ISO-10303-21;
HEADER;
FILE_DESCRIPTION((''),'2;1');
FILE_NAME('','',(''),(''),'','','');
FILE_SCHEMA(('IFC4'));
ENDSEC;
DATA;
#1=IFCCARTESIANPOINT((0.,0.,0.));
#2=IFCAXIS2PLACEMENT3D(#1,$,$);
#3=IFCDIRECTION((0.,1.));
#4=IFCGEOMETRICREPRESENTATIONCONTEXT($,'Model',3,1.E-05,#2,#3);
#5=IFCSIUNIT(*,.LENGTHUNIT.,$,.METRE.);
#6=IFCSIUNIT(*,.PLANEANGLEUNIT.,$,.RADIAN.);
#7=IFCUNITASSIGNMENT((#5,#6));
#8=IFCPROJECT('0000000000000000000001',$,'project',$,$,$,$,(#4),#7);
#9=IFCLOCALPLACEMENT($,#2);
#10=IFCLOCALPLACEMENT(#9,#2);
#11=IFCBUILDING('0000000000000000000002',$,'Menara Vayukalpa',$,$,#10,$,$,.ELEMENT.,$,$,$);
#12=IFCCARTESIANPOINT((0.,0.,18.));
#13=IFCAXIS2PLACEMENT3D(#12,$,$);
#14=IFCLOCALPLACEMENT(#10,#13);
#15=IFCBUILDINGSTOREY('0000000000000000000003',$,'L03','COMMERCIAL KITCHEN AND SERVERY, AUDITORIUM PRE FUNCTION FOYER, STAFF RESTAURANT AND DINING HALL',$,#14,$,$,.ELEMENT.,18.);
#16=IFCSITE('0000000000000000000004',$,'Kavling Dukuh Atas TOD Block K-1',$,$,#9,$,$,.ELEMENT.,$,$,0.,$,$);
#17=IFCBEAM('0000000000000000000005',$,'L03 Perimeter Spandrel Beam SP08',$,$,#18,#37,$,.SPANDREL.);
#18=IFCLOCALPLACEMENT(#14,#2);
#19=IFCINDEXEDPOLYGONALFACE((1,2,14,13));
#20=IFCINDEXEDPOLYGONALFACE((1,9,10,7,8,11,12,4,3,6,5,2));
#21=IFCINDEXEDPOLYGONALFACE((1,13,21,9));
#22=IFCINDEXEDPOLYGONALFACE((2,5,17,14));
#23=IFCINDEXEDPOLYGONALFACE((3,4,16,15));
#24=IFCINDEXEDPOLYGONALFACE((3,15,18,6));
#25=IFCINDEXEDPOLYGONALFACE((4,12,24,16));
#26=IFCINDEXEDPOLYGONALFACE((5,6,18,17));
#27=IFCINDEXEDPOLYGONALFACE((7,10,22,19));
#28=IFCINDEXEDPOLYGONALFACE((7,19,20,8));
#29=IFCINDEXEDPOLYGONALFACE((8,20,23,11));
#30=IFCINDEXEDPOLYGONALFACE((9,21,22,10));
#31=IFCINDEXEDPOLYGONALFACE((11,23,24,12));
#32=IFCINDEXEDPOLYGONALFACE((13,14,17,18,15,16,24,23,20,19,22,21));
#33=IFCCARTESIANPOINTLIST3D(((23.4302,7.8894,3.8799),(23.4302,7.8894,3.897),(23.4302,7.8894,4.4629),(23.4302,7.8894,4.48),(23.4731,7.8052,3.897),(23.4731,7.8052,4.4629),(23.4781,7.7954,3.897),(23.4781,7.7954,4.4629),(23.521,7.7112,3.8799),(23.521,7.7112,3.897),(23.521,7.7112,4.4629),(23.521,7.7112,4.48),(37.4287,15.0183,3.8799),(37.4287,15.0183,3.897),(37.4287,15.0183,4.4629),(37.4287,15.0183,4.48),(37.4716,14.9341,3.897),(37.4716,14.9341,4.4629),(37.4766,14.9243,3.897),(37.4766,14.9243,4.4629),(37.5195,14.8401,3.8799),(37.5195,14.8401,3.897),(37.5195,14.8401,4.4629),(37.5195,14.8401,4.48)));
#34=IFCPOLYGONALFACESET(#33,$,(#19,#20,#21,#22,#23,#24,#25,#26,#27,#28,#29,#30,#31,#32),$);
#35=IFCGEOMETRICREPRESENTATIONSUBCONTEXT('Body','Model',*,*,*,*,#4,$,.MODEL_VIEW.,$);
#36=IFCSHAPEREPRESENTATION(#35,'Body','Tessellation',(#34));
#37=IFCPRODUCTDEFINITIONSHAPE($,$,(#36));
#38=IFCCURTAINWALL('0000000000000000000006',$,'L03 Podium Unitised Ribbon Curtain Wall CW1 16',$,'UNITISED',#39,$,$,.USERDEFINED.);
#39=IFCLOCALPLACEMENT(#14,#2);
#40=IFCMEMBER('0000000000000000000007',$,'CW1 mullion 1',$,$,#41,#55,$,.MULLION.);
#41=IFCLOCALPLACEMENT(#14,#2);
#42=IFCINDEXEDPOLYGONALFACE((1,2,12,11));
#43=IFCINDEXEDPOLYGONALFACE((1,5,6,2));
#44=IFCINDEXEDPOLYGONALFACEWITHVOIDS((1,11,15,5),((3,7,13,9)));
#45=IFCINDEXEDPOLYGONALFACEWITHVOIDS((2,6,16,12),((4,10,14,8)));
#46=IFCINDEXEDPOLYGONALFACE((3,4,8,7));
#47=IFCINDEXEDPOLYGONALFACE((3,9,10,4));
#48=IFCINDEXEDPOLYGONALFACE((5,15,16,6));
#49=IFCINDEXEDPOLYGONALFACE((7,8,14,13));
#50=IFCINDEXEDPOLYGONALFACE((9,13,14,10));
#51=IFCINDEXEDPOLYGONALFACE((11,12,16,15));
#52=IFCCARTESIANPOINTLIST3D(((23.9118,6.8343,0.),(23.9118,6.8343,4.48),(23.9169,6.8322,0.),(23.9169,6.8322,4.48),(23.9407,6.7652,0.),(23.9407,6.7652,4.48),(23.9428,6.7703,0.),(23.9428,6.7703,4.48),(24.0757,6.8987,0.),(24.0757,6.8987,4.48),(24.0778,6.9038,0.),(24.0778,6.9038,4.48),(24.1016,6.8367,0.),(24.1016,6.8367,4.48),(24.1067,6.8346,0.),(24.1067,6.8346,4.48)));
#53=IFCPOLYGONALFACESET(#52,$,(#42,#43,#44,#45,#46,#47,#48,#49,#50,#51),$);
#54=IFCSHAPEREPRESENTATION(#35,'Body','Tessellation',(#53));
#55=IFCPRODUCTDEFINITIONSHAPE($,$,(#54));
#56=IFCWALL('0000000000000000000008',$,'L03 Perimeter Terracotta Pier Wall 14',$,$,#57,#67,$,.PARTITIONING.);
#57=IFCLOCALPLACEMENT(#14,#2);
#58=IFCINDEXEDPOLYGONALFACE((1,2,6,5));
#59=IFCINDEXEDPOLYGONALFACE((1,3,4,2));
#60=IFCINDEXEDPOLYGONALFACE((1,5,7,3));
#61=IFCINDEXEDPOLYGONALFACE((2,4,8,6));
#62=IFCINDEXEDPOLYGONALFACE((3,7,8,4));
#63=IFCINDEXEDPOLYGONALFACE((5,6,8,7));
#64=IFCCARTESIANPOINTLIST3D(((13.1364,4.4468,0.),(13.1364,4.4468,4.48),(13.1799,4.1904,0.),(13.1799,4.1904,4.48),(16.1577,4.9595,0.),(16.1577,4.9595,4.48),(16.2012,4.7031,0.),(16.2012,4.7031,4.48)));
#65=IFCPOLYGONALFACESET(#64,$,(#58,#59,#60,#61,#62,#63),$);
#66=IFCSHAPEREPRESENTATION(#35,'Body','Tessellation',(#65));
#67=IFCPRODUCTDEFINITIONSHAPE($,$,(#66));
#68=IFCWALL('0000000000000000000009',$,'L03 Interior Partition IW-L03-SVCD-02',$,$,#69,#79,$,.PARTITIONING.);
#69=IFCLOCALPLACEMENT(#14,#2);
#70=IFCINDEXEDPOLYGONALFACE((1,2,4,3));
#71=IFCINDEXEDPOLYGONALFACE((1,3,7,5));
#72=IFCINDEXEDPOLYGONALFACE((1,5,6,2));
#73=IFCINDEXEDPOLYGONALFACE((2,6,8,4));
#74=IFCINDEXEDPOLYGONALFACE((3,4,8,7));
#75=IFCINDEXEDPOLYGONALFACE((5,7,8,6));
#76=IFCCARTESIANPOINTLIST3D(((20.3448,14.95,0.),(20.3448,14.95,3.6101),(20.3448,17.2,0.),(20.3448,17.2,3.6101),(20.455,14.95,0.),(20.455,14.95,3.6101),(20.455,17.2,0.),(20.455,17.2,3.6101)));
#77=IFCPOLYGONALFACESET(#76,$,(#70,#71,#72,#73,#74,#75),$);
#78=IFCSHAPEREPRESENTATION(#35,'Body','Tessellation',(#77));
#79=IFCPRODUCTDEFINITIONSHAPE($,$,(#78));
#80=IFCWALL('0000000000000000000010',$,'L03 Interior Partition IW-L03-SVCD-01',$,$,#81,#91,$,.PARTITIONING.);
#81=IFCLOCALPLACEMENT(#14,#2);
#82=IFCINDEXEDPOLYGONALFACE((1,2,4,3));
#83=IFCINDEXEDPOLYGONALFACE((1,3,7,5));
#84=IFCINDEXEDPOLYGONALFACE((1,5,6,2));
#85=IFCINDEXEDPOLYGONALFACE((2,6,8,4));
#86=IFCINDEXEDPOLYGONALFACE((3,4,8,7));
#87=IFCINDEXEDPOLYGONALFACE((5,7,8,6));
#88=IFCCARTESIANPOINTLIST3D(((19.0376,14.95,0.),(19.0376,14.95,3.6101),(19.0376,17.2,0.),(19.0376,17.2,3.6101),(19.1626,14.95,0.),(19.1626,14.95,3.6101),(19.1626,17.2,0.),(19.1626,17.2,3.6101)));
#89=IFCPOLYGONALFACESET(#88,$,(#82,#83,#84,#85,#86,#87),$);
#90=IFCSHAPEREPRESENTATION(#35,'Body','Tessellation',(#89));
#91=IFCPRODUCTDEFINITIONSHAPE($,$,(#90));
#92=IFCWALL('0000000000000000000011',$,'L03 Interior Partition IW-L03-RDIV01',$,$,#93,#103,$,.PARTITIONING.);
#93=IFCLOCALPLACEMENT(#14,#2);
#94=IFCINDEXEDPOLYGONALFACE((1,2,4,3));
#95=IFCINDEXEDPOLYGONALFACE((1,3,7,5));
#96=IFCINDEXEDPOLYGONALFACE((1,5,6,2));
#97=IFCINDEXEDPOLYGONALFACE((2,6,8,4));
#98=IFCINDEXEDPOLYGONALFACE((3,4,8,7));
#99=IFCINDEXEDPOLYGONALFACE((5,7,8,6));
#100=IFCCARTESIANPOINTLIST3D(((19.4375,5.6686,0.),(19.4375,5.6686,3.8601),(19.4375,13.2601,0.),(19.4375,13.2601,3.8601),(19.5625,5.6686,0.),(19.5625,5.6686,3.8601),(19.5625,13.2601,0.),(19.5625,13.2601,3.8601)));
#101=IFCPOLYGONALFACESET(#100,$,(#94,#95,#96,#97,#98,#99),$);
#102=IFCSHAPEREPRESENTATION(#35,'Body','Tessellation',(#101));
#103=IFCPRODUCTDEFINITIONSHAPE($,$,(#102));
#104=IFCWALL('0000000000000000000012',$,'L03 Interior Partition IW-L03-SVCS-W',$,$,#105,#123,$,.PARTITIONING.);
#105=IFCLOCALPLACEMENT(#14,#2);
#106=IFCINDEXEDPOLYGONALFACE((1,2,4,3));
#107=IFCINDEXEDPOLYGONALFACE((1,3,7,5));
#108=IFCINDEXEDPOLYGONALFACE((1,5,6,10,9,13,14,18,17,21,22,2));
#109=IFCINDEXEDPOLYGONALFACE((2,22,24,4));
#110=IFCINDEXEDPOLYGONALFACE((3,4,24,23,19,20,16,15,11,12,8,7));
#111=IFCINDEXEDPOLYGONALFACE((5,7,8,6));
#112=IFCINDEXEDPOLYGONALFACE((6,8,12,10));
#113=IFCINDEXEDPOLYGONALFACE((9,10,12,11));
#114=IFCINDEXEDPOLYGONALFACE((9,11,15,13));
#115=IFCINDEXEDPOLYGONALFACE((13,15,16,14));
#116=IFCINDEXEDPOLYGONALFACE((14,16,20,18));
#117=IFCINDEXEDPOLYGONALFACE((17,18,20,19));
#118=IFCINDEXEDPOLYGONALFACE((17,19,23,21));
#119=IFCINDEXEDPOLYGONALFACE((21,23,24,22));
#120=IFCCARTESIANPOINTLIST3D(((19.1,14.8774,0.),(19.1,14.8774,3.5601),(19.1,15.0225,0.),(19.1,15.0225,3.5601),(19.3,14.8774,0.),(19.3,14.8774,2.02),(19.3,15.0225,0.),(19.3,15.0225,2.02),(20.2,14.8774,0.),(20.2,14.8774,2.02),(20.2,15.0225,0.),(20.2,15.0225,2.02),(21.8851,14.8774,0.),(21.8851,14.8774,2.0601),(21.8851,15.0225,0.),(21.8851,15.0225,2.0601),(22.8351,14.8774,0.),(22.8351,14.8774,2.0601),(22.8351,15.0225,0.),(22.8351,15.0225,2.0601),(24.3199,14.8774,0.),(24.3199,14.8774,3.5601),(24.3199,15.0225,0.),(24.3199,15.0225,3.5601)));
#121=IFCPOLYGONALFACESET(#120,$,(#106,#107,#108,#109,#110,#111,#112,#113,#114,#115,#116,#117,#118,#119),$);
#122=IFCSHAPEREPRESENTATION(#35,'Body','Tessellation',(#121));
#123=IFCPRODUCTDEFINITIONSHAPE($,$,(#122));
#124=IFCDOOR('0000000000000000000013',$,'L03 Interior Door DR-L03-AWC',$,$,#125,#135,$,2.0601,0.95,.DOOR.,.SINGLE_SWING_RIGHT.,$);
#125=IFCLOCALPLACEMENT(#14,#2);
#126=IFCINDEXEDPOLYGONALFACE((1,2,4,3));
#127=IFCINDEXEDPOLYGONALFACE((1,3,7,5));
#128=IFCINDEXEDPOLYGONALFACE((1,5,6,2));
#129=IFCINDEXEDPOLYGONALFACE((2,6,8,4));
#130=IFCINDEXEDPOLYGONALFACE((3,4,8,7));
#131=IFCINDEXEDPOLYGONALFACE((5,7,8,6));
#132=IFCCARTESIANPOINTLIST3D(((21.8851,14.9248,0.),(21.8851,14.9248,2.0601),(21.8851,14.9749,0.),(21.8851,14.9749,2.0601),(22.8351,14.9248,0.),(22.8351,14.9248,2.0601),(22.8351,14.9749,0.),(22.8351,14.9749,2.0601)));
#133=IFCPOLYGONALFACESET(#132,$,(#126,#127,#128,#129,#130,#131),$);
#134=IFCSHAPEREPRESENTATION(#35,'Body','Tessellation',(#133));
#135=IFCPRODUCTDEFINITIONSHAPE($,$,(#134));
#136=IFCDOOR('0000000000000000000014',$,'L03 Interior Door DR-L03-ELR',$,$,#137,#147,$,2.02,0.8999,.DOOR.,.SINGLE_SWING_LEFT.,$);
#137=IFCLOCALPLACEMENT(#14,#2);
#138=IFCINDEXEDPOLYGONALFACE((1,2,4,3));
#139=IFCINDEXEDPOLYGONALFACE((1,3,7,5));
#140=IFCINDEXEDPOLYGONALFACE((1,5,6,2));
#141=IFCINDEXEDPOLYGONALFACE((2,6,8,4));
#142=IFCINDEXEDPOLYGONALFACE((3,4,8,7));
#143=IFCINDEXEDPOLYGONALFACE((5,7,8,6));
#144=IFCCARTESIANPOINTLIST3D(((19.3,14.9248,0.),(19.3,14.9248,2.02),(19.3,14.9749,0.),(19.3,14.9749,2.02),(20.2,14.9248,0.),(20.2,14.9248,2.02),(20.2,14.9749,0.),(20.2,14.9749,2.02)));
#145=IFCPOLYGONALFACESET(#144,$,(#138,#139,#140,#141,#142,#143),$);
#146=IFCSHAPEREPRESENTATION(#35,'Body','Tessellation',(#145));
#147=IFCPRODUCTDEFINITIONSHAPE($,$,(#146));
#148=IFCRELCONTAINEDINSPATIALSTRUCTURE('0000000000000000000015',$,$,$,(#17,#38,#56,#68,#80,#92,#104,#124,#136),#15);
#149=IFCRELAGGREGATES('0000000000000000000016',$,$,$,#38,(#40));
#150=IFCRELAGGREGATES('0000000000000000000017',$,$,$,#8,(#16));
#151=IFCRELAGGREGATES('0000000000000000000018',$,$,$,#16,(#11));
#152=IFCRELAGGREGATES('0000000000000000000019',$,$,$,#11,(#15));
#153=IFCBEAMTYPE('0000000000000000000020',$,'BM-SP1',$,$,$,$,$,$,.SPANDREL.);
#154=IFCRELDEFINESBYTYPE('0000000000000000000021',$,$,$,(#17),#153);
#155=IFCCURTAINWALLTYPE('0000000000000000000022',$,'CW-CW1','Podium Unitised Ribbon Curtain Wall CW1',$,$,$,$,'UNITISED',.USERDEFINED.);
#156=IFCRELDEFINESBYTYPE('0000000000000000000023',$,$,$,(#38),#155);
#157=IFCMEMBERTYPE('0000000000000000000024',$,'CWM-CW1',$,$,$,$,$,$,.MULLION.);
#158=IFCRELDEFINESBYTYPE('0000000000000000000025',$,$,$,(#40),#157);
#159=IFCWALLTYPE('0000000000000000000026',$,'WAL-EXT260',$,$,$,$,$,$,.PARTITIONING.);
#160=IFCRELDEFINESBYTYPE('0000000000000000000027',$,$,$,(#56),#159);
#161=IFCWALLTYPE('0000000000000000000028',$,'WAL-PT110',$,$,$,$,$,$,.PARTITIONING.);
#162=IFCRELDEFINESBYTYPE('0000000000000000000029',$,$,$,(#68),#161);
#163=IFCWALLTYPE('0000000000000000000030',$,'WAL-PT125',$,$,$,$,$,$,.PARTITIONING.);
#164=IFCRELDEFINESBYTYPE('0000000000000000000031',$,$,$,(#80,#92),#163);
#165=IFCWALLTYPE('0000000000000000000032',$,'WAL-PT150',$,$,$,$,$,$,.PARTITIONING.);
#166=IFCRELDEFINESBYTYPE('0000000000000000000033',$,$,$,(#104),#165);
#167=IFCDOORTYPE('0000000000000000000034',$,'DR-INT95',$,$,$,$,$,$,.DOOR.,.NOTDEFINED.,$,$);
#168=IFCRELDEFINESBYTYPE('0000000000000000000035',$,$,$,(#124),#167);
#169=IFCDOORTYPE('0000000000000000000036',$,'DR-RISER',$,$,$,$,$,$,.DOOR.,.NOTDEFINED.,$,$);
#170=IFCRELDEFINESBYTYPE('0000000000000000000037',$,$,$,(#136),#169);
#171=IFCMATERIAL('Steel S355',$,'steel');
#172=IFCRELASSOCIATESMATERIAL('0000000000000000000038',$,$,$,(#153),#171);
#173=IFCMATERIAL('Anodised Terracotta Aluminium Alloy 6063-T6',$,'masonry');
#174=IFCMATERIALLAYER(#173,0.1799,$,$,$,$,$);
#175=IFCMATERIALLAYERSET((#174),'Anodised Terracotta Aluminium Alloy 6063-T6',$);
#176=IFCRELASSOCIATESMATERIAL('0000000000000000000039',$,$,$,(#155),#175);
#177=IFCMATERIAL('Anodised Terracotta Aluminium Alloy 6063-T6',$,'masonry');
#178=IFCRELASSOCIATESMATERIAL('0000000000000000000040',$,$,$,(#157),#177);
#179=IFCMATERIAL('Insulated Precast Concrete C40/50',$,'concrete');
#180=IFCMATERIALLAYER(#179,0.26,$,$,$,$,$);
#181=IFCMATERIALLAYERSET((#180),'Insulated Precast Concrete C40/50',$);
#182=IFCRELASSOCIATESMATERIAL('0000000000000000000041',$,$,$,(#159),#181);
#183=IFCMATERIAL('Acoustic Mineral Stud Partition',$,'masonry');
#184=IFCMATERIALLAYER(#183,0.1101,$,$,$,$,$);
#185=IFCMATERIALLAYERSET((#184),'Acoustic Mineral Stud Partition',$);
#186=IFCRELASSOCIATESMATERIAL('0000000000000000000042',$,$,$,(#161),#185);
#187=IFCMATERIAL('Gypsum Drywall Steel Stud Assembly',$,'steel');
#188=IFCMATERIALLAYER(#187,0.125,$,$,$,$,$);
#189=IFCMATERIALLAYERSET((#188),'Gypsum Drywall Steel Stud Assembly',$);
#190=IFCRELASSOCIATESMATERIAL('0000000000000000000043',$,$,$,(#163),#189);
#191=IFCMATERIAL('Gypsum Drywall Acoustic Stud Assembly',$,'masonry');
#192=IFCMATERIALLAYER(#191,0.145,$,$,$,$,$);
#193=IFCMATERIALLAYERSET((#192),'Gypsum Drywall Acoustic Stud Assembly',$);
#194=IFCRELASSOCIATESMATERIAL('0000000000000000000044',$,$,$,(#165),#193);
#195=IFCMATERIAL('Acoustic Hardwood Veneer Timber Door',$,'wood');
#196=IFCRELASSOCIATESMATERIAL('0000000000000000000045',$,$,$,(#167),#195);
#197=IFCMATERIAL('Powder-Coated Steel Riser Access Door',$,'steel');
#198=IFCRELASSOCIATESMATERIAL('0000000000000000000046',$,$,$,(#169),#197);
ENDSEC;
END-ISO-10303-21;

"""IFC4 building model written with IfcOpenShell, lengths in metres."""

from ifc_helpers import new_model, si_unit, direction, frame, frame_2d, origin, origin_2d, place, context, subcontext, project, spatial, rectangle, hollow_rectangle, i_section, extrude, material, layer, layer_set, material_profile, profile_set, type_object, element, fill, aggregate, save


model = new_model("IFC4")

# Units and contexts
model_context = context("Model", 3, precision=1e-05, world=origin(), true_north=direction((0.0, 1.0)))
body_context = subcontext(model_context, "Body", "Model", "MODEL_VIEW")
ifc_project = project(units=[si_unit("LENGTHUNIT", "METRE"), si_unit("PLANEANGLEUNIT", "RADIAN")], contexts=[model_context])

# Site, building, storey
site_placement = place(None, origin())
site = spatial("IfcSite", under=ifc_project, at=site_placement, Name="Kavling Dukuh Atas TOD Block K-1", CompositionType="ELEMENT", RefElevation=0.0)
building_placement = place(site_placement, origin())
building = spatial("IfcBuilding", under=site, at=building_placement, Name="Menara Vayukalpa", CompositionType="ELEMENT")
storey_placement = place(building_placement, frame((0.0, 0.0, 18.0)))
storey = spatial("IfcBuildingStorey", under=building, at=storey_placement, Name="L03", Description="COMMERCIAL KITCHEN AND SERVERY, AUDITORIUM PRE FUNCTION FOYER, STAFF RESTAURANT AND DINING HALL", CompositionType="ELEMENT", Elevation=18.0)

# Beam
ifc_material_1 = material(Name="Steel S355", Category="steel")
ifc_material_profile_1 = material_profile(ifc_material_1, i_section(OverallWidth=0.2, OverallDepth=0.6001, WebThickness=0.011, FlangeThickness=0.0171, at=origin_2d()), Name="WF 600x200x11x17")
ifc_profile_set_1 = profile_set([ifc_material_profile_1], Name="Steel S355")
beam_type_1 = type_object("IfcBeamType", Name="BM-SP1", PredefinedType="SPANDREL", material=ifc_profile_set_1)
beam_1_placement = place(storey_placement, frame((23.4756, 7.8003, 4.1799), z_axis=(0.891102, 0.453803, 0.0), x_axis=(-0.453803, 0.891102, 0.0)))
element("IfcBeam", 1, at=beam_1_placement, inside=storey, type_object=beam_type_1, Name="L03 Perimeter Spandrel Beam SP08", PredefinedType="SPANDREL", context=body_context, shape_type="SweptSolid", body=[
    extrude(i_section(OverallWidth=0.2, OverallDepth=0.6001, WebThickness=0.011, FlangeThickness=0.0171, at=origin_2d()), origin(), (0.0, 0.0, 1.0), 15.7092),
])

# Curtain wall, member
ifc_material_2 = material(Name="Anodised Terracotta Aluminium Alloy 6063-T6", Category="masonry")
ifc_layer_1 = layer(ifc_material_2, 0.1799)
ifc_layer_set_1 = layer_set([ifc_layer_1], Name="Anodised Terracotta Aluminium Alloy 6063-T6")
curtain_wall_type = type_object("IfcCurtainWallType", Name="CW-CW1", Description="Podium Unitised Ribbon Curtain Wall CW1", ElementType="UNITISED", PredefinedType="USERDEFINED", material=ifc_layer_set_1)
curtain_wall_placement = place(storey_placement, origin())
curtain_wall = element("IfcCurtainWall", 2, at=curtain_wall_placement, inside=storey, type_object=curtain_wall_type, Name="L03 Podium Unitised Ribbon Curtain Wall CW1 16", ObjectType="UNITISED", PredefinedType="USERDEFINED")
ifc_material_3 = material(Name="Anodised Terracotta Aluminium Alloy 6063-T6", Category="masonry")
ifc_material_profile_2 = material_profile(ifc_material_3, hollow_rectangle(XDim=0.075, YDim=0.1799, WallThickness=0.0039, at=origin_2d()), Name="ALU 75x180x4")
ifc_profile_set_2 = profile_set([ifc_material_profile_2], Name="Anodised Terracotta Aluminium Alloy 6063-T6")
member_type = type_object("IfcMemberType", Name="CWM-CW1", PredefinedType="MULLION", material=ifc_profile_set_2)
member_placement = place(storey_placement, frame((24.0093, 6.8345, 0.0), z_axis=(0.0, 0.0, 1.0), x_axis=(-0.385891, 0.922545, 0.0)))
member = element("IfcMember", 3, at=member_placement, type_object=member_type, Name="CW1 mullion 1", PredefinedType="MULLION", context=body_context, shape_type="SweptSolid", body=[
    extrude(hollow_rectangle(XDim=0.075, YDim=0.1799, WallThickness=0.0039, at=origin_2d()), origin(), (0.0, 0.0, 1.0), 4.48),
])
aggregate(curtain_wall, [member])

# Walls
ifc_material_4 = material(Name="Insulated Precast Concrete C40/50", Category="concrete")
ifc_layer_2 = layer(ifc_material_4, 0.26)
ifc_layer_set_2 = layer_set([ifc_layer_2], Name="Insulated Precast Concrete C40/50")
wall_type_1 = type_object("IfcWallType", Name="WAL-EXT260", PredefinedType="PARTITIONING", material=ifc_layer_set_2)
wall_1_placement = place(storey_placement, frame((16.1794, 4.8313, 0.0), z_axis=(0.0, 0.0, 1.0), x_axis=(-0.985905, -0.167305, 0.0)))
element("IfcWall", 4, at=wall_1_placement, inside=storey, type_object=wall_type_1, Name="L03 Perimeter Terracotta Pier Wall 14", PredefinedType="PARTITIONING", context=body_context, shape_type="SweptSolid", body=[
    extrude(rectangle(XDim=3.0645, YDim=0.26, at=frame_2d((1.5322, 0.0))), origin(), (0.0, 0.0, 1.0), 4.48),
])
ifc_material_5 = material(Name="Acoustic Mineral Stud Partition", Category="masonry")
ifc_layer_3 = layer(ifc_material_5, 0.1101)
ifc_layer_set_3 = layer_set([ifc_layer_3], Name="Acoustic Mineral Stud Partition")
wall_type_2 = type_object("IfcWallType", Name="WAL-PT110", PredefinedType="PARTITIONING", material=ifc_layer_set_3)
wall_2_placement = place(storey_placement, frame((20.3999, 14.95, 0.0), z_axis=(0.0, 0.0, 1.0), x_axis=(0.0, 1.0, 0.0)))
element("IfcWall", 5, at=wall_2_placement, inside=storey, type_object=wall_type_2, Name="L03 Interior Partition IW-L03-SVCD-02", PredefinedType="PARTITIONING", context=body_context, shape_type="SweptSolid", body=[
    extrude(rectangle(XDim=2.25, YDim=0.1101, at=frame_2d((1.125, 0.0))), origin(), (0.0, 0.0, 1.0), 3.6101),
])
ifc_material_6 = material(Name="Gypsum Drywall Steel Stud Assembly", Category="steel")
ifc_layer_4 = layer(ifc_material_6, 0.125)
ifc_layer_set_4 = layer_set([ifc_layer_4], Name="Gypsum Drywall Steel Stud Assembly")
wall_type_3 = type_object("IfcWallType", Name="WAL-PT125", PredefinedType="PARTITIONING", material=ifc_layer_set_4)
wall_3_placement = place(storey_placement, frame((19.1001, 14.95, 0.0), z_axis=(0.0, 0.0, 1.0), x_axis=(0.0, 1.0, 0.0)))
element("IfcWall", 6, at=wall_3_placement, inside=storey, type_object=wall_type_3, Name="L03 Interior Partition IW-L03-SVCD-01", PredefinedType="PARTITIONING", context=body_context, shape_type="SweptSolid", body=[
    extrude(rectangle(XDim=2.25, YDim=0.125, at=frame_2d((1.125, 0.0))), origin(), (0.0, 0.0, 1.0), 3.6101),
])
wall_4_placement = place(storey_placement, frame((19.5, 5.6685, 0.0), z_axis=(0.0, 0.0, 1.0), x_axis=(0.0, 1.0, 0.0)))
element("IfcWall", 7, at=wall_4_placement, inside=storey, type_object=wall_type_3, Name="L03 Interior Partition IW-L03-RDIV01", PredefinedType="PARTITIONING", context=body_context, shape_type="SweptSolid", body=[
    extrude(rectangle(XDim=7.5916, YDim=0.125, at=frame_2d((3.7959, 0.0))), origin(), (0.0, 0.0, 1.0), 3.8601),
])

# Wall, openings, doors
ifc_material_7 = material(Name="Gypsum Drywall Acoustic Stud Assembly", Category="masonry")
ifc_layer_5 = layer(ifc_material_7, 0.145)
ifc_layer_set_5 = layer_set([ifc_layer_5], Name="Gypsum Drywall Acoustic Stud Assembly")
wall_type_4 = type_object("IfcWallType", Name="WAL-PT150", PredefinedType="PARTITIONING", material=ifc_layer_set_5)
wall_5_placement = place(storey_placement, frame((19.1001, 14.95, 0.0), z_axis=(0.0, 0.0, 1.0), x_axis=(1.0, 0.0, 0.0)))
wall_5 = element("IfcWall", 8, at=wall_5_placement, inside=storey, type_object=wall_type_4, Name="L03 Interior Partition IW-L03-SVCS-W", PredefinedType="PARTITIONING", context=body_context, shape_type="SweptSolid", body=[
    extrude(rectangle(XDim=5.22, YDim=0.145, at=frame_2d((2.6099, 0.0))), origin(), (0.0, 0.0, 1.0), 3.5601),
])
opening_1_placement = place(wall_5_placement, frame((0.2, 0.0, 0.0)))
opening_1 = element("IfcOpeningElement", 9, at=opening_1_placement, cuts=wall_5, PredefinedType="OPENING", context=body_context, shape_type="SweptSolid", body=[
    extrude(rectangle(XDim=0.8999, YDim=2.02, at=frame_2d((0.45, 1.01))), frame((0.0, 0.0825, 0.0), z_axis=(0.0, -1.0, 0.0), x_axis=(1.0, 0.0, 0.0)), (0.0, 0.0, 1.0), 0.165),
])
opening_2_placement = place(wall_5_placement, frame((2.7849, 0.0, 0.0)))
opening_2 = element("IfcOpeningElement", 10, at=opening_2_placement, cuts=wall_5, PredefinedType="OPENING", context=body_context, shape_type="SweptSolid", body=[
    extrude(rectangle(XDim=0.95, YDim=2.0601, at=frame_2d((0.4751, 1.03))), frame((0.0, 0.0825, 0.0), z_axis=(0.0, -1.0, 0.0), x_axis=(1.0, 0.0, 0.0)), (0.0, 0.0, 1.0), 0.165),
])
ifc_material_8 = material(Name="Acoustic Hardwood Veneer Timber Door", Category="wood")
door_type_1 = type_object("IfcDoorType", Name="DR-INT95", OperationType="NOTDEFINED", PredefinedType="DOOR", material=ifc_material_8)
door_1_placement = place(opening_2_placement, origin())
door_1 = element("IfcDoor", 11, at=door_1_placement, inside=storey, type_object=door_type_1, Name="L03 Interior Door DR-L03-AWC", OperationType="SINGLE_SWING_RIGHT", OverallHeight=2.0601, OverallWidth=0.95, PredefinedType="DOOR", context=body_context, shape_type="SweptSolid", body=[
    extrude(rectangle(XDim=0.95, YDim=2.0601, at=frame_2d((0.4751, 1.03))), frame((0.0, 0.0249, 0.0), z_axis=(0.0, -1.0, 0.0), x_axis=(1.0, 0.0, 0.0)), (0.0, 0.0, 1.0), 0.05),
])
fill(opening_2, door_1)
ifc_material_9 = material(Name="Powder-Coated Steel Riser Access Door", Category="steel")
door_type_2 = type_object("IfcDoorType", Name="DR-RISER", OperationType="NOTDEFINED", PredefinedType="DOOR", material=ifc_material_9)
door_2_placement = place(opening_1_placement, origin())
door_2 = element("IfcDoor", 12, at=door_2_placement, inside=storey, type_object=door_type_2, Name="L03 Interior Door DR-L03-ELR", OperationType="SINGLE_SWING_LEFT", OverallHeight=2.02, OverallWidth=0.8999, PredefinedType="DOOR", context=body_context, shape_type="SweptSolid", body=[
    extrude(rectangle(XDim=0.8999, YDim=2.02, at=frame_2d((0.45, 1.01))), frame((0.0, 0.0249, 0.0), z_axis=(0.0, -1.0, 0.0), x_axis=(1.0, 0.0, 0.0)), (0.0, 0.0, 1.0), 0.05),
])
fill(opening_1, door_2)

save(model, "model.ifc")
